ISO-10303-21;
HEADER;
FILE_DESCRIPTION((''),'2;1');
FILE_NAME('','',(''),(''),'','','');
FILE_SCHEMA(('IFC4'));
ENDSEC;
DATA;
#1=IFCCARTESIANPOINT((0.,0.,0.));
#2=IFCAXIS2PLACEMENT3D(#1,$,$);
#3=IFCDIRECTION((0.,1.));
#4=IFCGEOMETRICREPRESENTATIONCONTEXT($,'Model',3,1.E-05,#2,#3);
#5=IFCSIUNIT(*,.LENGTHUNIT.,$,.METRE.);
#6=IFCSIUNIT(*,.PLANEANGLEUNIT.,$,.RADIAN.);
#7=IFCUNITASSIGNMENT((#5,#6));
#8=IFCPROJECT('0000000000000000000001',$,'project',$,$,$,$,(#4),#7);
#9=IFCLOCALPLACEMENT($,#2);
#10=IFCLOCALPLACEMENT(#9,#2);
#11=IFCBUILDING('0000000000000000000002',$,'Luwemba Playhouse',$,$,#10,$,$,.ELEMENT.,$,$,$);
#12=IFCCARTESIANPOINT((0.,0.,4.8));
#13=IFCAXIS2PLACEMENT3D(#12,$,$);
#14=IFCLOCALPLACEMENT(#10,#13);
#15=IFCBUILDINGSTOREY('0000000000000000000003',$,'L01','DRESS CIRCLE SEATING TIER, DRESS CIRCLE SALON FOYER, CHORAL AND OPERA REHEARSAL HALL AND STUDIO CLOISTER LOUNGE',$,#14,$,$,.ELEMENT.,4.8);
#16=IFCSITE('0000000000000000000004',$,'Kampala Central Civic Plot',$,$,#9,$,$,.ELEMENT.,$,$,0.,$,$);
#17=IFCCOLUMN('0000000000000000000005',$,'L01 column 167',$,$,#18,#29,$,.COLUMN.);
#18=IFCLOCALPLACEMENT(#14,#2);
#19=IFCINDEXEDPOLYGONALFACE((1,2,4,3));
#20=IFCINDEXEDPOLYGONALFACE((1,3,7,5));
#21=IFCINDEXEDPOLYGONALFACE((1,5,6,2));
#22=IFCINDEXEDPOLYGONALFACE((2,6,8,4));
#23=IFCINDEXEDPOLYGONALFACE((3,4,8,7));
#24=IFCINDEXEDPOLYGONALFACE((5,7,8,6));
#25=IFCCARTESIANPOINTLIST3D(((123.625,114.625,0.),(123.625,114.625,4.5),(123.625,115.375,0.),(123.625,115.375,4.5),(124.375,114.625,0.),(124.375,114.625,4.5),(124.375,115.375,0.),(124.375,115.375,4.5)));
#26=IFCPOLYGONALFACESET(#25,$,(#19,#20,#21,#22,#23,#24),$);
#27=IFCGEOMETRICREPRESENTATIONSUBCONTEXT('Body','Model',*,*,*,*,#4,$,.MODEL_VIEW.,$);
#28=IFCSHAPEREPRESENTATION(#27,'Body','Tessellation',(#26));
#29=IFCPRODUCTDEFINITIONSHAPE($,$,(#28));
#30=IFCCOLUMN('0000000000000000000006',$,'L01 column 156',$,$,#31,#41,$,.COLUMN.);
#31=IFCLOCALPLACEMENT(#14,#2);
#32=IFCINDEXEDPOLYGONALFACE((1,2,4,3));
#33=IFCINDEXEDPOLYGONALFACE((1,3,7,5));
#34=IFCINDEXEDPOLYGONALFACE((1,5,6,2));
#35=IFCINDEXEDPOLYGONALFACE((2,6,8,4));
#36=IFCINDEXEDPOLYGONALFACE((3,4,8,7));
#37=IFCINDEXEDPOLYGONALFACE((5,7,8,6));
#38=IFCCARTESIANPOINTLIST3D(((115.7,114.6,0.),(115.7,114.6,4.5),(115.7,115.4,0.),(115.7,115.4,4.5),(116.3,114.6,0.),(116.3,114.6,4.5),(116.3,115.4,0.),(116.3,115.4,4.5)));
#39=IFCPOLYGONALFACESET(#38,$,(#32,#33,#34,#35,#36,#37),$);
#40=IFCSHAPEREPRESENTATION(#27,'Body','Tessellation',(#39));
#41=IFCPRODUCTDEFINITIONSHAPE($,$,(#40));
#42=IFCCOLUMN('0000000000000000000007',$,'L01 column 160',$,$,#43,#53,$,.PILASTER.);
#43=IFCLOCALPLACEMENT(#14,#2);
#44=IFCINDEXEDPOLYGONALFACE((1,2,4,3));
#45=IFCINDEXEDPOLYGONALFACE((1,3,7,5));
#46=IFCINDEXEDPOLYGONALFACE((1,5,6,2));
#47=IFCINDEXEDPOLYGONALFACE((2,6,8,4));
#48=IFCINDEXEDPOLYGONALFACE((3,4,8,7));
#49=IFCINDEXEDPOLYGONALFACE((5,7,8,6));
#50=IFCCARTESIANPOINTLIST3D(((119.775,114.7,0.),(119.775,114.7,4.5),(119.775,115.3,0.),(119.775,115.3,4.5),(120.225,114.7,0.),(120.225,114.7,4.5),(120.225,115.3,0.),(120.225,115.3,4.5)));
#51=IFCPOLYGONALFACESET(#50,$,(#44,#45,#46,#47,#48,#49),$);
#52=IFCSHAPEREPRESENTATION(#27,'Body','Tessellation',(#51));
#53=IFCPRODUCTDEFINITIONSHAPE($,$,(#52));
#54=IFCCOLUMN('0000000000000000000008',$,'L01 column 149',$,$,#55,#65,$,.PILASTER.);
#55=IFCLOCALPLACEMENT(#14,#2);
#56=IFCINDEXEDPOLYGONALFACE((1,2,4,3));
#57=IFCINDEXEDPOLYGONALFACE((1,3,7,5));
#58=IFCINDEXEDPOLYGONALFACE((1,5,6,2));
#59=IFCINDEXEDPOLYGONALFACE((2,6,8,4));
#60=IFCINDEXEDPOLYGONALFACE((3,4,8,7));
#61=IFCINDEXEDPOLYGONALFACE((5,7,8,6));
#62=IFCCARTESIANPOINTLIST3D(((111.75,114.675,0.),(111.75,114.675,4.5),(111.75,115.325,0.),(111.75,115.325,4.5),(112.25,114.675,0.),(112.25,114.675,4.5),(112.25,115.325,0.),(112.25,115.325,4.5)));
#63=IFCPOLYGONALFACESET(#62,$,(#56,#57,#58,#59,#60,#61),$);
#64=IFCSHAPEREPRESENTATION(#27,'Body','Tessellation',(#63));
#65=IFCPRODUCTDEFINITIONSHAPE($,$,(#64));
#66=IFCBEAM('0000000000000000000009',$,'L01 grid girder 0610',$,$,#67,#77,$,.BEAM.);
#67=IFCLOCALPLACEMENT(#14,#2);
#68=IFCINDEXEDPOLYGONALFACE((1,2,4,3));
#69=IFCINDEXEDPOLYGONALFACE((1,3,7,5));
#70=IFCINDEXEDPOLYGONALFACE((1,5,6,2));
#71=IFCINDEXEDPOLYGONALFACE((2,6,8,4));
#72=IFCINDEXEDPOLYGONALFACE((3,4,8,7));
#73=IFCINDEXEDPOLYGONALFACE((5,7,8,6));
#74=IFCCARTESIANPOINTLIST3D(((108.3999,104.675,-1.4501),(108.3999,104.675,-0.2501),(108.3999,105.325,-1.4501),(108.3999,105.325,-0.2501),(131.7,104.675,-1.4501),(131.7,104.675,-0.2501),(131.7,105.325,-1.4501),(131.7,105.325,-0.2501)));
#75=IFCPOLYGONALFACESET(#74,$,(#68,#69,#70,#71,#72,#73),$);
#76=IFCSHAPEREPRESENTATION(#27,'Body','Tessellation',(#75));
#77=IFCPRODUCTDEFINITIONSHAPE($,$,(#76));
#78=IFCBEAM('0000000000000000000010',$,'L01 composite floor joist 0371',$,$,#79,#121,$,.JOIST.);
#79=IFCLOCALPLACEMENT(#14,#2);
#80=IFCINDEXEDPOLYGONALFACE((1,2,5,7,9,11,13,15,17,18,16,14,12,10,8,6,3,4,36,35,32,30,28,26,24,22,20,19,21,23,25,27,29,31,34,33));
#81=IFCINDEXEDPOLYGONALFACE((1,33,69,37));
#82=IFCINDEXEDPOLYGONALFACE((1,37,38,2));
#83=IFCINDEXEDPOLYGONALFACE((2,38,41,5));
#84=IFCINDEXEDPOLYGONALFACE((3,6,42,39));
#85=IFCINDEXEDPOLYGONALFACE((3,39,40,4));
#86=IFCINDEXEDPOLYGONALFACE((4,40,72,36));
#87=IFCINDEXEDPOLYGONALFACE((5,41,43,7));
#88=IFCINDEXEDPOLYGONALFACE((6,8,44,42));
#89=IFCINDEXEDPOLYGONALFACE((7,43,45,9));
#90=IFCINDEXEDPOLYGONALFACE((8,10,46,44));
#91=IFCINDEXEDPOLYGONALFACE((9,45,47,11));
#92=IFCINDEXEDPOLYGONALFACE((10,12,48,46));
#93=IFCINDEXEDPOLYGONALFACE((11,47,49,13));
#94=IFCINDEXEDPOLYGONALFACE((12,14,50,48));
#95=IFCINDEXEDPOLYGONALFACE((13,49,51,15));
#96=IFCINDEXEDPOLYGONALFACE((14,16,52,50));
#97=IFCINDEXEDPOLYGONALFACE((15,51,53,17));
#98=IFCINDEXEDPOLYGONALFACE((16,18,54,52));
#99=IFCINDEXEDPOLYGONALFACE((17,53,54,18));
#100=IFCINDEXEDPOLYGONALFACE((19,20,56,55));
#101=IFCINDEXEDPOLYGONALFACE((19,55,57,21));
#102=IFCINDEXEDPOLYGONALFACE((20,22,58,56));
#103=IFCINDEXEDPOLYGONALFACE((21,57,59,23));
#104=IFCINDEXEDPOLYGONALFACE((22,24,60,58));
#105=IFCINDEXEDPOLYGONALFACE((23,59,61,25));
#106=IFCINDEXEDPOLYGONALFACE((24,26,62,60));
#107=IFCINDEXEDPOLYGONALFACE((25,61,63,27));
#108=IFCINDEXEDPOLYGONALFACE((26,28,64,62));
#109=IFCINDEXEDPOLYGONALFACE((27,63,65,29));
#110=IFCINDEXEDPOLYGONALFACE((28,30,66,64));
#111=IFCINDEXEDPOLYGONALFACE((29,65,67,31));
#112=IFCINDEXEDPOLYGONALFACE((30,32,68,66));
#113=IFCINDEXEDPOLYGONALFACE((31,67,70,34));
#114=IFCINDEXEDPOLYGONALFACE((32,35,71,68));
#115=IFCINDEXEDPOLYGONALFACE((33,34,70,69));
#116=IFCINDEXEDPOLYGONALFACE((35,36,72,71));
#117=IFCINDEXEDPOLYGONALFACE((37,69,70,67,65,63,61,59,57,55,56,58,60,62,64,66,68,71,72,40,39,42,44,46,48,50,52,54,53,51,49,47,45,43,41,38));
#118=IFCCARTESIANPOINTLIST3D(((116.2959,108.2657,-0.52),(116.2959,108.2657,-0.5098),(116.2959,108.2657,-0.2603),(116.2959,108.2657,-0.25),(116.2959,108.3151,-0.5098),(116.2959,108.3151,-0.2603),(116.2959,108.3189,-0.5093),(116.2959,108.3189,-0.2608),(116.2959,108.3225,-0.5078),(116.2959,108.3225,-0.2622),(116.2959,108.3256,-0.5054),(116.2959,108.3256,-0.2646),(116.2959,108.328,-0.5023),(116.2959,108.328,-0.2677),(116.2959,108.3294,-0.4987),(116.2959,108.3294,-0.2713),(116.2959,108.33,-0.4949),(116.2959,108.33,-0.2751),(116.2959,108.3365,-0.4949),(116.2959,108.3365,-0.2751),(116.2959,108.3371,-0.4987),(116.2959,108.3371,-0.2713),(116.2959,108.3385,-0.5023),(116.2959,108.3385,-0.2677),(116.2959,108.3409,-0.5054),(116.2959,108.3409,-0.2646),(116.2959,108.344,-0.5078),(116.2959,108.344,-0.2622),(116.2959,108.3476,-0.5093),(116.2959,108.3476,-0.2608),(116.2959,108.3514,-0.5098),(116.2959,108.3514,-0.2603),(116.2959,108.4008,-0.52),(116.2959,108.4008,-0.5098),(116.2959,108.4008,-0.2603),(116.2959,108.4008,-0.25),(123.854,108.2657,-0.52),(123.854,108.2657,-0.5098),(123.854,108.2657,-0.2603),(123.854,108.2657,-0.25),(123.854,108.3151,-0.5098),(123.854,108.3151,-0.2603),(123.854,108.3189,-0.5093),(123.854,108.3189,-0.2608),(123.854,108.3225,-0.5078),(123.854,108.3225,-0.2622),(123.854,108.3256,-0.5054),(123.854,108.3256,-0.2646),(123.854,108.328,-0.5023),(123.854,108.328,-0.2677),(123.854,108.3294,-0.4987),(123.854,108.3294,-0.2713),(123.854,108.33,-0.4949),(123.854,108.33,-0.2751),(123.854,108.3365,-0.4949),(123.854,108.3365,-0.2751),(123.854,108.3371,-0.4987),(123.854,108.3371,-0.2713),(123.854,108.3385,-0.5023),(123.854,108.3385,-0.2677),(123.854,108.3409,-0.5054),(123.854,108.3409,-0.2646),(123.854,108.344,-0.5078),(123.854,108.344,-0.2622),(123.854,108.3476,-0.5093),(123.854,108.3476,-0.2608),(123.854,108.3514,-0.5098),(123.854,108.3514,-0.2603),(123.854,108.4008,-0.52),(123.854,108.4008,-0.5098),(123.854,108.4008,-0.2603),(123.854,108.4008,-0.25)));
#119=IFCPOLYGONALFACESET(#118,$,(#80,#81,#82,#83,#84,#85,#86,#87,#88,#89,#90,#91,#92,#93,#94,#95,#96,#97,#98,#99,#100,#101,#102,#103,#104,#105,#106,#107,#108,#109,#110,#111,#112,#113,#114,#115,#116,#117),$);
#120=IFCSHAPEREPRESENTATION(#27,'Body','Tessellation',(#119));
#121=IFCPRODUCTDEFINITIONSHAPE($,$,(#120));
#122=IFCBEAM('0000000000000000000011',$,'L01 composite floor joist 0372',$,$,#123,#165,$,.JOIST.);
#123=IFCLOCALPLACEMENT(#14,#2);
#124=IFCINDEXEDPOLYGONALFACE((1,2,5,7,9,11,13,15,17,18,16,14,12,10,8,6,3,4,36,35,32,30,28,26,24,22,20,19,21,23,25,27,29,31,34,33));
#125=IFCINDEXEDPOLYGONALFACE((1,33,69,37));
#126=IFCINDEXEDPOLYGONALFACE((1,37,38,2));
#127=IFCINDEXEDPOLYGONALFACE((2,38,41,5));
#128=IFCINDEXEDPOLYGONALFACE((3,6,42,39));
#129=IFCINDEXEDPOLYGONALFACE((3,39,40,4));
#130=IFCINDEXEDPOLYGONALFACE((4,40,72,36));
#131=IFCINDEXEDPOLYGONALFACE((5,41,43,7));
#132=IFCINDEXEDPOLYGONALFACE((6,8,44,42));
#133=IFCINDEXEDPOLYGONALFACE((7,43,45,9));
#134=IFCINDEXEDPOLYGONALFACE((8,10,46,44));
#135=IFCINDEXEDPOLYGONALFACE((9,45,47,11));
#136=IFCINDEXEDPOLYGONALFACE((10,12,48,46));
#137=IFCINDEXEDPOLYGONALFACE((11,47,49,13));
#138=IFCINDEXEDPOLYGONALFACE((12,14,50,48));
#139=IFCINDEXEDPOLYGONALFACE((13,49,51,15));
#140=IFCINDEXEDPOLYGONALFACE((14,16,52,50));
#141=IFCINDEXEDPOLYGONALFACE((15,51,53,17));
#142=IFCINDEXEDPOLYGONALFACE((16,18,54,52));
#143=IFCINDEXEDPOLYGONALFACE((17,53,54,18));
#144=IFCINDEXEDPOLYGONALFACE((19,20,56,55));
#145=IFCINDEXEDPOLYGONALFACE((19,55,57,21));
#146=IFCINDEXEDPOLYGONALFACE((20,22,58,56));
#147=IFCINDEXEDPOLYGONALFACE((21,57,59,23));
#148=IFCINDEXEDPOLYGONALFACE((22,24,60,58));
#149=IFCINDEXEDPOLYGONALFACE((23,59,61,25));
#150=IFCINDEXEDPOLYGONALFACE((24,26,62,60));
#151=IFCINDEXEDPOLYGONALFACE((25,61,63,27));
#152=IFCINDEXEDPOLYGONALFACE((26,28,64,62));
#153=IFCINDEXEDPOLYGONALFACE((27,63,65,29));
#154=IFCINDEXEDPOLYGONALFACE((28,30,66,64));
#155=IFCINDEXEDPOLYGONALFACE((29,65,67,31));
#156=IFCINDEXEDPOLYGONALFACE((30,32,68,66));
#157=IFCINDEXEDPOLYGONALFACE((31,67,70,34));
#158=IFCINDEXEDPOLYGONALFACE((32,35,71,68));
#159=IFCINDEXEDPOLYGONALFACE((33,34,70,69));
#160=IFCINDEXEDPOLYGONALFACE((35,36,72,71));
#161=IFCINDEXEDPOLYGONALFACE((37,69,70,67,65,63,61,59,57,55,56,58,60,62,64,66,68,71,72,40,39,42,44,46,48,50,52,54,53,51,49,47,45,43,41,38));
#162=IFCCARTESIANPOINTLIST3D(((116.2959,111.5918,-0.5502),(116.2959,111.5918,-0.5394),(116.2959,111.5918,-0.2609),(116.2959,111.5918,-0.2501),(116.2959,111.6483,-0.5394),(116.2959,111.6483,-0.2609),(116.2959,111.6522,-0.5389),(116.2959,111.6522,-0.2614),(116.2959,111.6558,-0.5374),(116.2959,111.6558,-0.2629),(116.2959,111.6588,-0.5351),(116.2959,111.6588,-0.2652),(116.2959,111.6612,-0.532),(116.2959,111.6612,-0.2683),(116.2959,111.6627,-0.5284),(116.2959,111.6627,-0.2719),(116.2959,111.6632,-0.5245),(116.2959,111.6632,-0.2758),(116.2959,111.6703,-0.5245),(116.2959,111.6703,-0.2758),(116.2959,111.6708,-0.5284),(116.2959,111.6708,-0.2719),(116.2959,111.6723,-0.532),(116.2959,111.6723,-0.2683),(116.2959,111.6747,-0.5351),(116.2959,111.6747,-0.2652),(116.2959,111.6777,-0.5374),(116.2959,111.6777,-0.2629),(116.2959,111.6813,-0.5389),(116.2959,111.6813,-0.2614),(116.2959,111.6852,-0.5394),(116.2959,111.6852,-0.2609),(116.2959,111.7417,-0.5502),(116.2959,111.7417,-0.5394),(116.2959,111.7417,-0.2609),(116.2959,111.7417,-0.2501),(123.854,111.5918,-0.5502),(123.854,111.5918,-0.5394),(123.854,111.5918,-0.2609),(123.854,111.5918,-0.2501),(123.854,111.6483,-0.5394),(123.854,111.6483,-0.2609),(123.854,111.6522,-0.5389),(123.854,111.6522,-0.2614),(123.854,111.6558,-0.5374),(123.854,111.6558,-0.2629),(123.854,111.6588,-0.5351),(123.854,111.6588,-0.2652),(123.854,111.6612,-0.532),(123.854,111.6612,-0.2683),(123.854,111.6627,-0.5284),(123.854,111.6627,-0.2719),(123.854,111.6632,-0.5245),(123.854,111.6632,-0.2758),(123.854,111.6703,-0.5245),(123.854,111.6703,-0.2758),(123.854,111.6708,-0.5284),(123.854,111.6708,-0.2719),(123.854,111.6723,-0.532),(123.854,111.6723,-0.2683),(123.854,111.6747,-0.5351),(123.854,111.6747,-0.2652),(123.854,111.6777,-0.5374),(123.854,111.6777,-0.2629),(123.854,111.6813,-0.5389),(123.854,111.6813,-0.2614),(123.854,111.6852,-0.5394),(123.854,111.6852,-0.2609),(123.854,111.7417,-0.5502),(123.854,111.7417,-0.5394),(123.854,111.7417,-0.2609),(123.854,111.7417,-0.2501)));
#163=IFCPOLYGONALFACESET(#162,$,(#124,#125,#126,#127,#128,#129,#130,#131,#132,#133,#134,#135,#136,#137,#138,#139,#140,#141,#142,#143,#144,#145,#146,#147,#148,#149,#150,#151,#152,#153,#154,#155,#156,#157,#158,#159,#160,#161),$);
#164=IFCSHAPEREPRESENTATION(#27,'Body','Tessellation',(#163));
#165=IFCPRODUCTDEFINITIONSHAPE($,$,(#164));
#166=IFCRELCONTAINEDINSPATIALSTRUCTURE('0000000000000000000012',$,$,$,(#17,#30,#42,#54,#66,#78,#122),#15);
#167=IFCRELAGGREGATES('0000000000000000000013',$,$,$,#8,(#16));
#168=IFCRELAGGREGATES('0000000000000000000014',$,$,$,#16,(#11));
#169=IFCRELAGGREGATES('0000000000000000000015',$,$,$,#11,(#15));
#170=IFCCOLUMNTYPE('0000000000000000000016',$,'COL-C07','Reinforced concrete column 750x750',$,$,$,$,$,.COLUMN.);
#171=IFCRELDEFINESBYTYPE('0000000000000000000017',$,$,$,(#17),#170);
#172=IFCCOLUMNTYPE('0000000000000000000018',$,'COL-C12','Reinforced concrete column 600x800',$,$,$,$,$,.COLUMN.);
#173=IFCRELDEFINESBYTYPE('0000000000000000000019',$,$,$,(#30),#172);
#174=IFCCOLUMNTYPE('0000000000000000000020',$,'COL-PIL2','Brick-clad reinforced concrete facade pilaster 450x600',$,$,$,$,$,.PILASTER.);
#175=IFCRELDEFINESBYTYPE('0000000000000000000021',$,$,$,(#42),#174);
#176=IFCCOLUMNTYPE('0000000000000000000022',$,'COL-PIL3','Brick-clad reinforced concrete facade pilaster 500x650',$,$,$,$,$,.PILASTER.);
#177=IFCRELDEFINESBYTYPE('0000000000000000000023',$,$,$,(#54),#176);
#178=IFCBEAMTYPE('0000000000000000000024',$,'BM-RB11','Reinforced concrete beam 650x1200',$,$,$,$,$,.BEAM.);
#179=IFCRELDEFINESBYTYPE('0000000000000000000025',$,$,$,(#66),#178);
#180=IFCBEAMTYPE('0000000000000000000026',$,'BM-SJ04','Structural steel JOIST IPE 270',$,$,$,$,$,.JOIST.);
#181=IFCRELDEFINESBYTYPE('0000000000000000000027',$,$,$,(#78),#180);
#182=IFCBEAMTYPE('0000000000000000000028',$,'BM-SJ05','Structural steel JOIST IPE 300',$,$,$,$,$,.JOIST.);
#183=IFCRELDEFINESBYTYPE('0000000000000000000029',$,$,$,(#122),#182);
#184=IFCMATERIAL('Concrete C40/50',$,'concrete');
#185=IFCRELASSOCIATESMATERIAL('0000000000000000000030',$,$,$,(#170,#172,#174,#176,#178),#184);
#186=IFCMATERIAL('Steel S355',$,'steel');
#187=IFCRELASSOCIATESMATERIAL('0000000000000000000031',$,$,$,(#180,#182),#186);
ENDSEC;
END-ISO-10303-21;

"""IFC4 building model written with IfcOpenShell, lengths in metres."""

from ifc_helpers import new_model, si_unit, direction, frame, origin, origin_2d, place, context, subcontext, project, spatial, rectangle, i_section, extrude, material, material_profile, profile_set, type_object, element, save


model = new_model("IFC4")

# Units and contexts
model_context = context("Model", 3, precision=1e-05, world=origin(), true_north=direction((0.0, 1.0)))
body_context = subcontext(model_context, "Body", "Model", "MODEL_VIEW")
ifc_project = project(units=[si_unit("LENGTHUNIT", "METRE"), si_unit("PLANEANGLEUNIT", "RADIAN")], contexts=[model_context])

# Site, building, storey
site_placement = place(None, origin())
site = spatial("IfcSite", under=ifc_project, at=site_placement, Name="Kampala Central Civic Plot", CompositionType="ELEMENT", RefElevation=0.0)
building_placement = place(site_placement, origin())
building = spatial("IfcBuilding", under=site, at=building_placement, Name="Luwemba Playhouse", CompositionType="ELEMENT")
storey_placement = place(building_placement, frame((0.0, 0.0, 4.8)))
storey = spatial("IfcBuildingStorey", under=building, at=storey_placement, Name="L01", Description="DRESS CIRCLE SEATING TIER, DRESS CIRCLE SALON FOYER, CHORAL AND OPERA REHEARSAL HALL AND STUDIO CLOISTER LOUNGE", CompositionType="ELEMENT", Elevation=4.8)

# Columns
ifc_material_1 = material(Name="Concrete C40/50", Category="concrete")
ifc_material_profile_1 = material_profile(ifc_material_1, rectangle(XDim=0.75, YDim=0.75, at=origin_2d()))
ifc_profile_set_1 = profile_set([ifc_material_profile_1], Name="Concrete C40/50")
column_type_1 = type_object("IfcColumnType", Name="COL-C07", Description="Reinforced concrete column 750x750", PredefinedType="COLUMN", material=ifc_profile_set_1)
column_1_placement = place(storey_placement, frame((124.0, 115.0, 0.0), z_axis=(0.0, 0.0, 1.0), x_axis=(1.0, 0.0, 0.0)))
element("IfcColumn", 1, at=column_1_placement, inside=storey, type_object=column_type_1, Name="L01 column 167", PredefinedType="COLUMN", context=body_context, shape_type="SweptSolid", body=[
    extrude(rectangle(XDim=0.75, YDim=0.75, at=origin_2d()), origin(), (0.0, 0.0, 1.0), 4.5),
])
ifc_material_profile_2 = material_profile(ifc_material_1, rectangle(XDim=0.6001, YDim=0.8, at=origin_2d()))
ifc_profile_set_2 = profile_set([ifc_material_profile_2], Name="Concrete C40/50")
column_type_2 = type_object("IfcColumnType", Name="COL-C12", Description="Reinforced concrete column 600x800", PredefinedType="COLUMN", material=ifc_profile_set_2)
column_2_placement = place(storey_placement, frame((116.0, 115.0, 0.0), z_axis=(0.0, 0.0, 1.0), x_axis=(1.0, 0.0, 0.0)))
element("IfcColumn", 2, at=column_2_placement, inside=storey, type_object=column_type_2, Name="L01 column 156", PredefinedType="COLUMN", context=body_context, shape_type="SweptSolid", body=[
    extrude(rectangle(XDim=0.6001, YDim=0.8, at=origin_2d()), origin(), (0.0, 0.0, 1.0), 4.5),
])
ifc_material_profile_3 = material_profile(ifc_material_1, rectangle(XDim=0.45, YDim=0.6001, at=origin_2d()))
ifc_profile_set_3 = profile_set([ifc_material_profile_3], Name="Concrete C40/50")
column_type_3 = type_object("IfcColumnType", Name="COL-PIL2", Description="Brick-clad reinforced concrete facade pilaster 450x600", PredefinedType="PILASTER", material=ifc_profile_set_3)
column_3_placement = place(storey_placement, frame((120.0, 115.0, 0.0), z_axis=(0.0, 0.0, 1.0), x_axis=(1.0, 0.0, 0.0)))
element("IfcColumn", 3, at=column_3_placement, inside=storey, type_object=column_type_3, Name="L01 column 160", PredefinedType="PILASTER", context=body_context, shape_type="SweptSolid", body=[
    extrude(rectangle(XDim=0.45, YDim=0.6001, at=origin_2d()), origin(), (0.0, 0.0, 1.0), 4.5),
])
ifc_material_profile_4 = material_profile(ifc_material_1, rectangle(XDim=0.5, YDim=0.6499, at=origin_2d()))
ifc_profile_set_4 = profile_set([ifc_material_profile_4], Name="Concrete C40/50")
column_type_4 = type_object("IfcColumnType", Name="COL-PIL3", Description="Brick-clad reinforced concrete facade pilaster 500x650", PredefinedType="PILASTER", material=ifc_profile_set_4)
column_4_placement = place(storey_placement, frame((112.0, 115.0, 0.0), z_axis=(0.0, 0.0, 1.0), x_axis=(1.0, 0.0, 0.0)))
element("IfcColumn", 4, at=column_4_placement, inside=storey, type_object=column_type_4, Name="L01 column 149", PredefinedType="PILASTER", context=body_context, shape_type="SweptSolid", body=[
    extrude(rectangle(XDim=0.5, YDim=0.6499, at=origin_2d()), origin(), (0.0, 0.0, 1.0), 4.5),
])

# Beams
ifc_material_profile_5 = material_profile(ifc_material_1, rectangle(XDim=0.6499, YDim=1.2, at=origin_2d()))
ifc_profile_set_5 = profile_set([ifc_material_profile_5], Name="Concrete C40/50")
beam_type_1 = type_object("IfcBeamType", Name="BM-RB11", Description="Reinforced concrete beam 650x1200", PredefinedType="BEAM", material=ifc_profile_set_5)
beam_1_placement = place(storey_placement, frame((108.3999, 105.0, -0.8501), z_axis=(1.0, 0.0, 0.0), x_axis=(0.0, 1.0, 0.0)))
element("IfcBeam", 5, at=beam_1_placement, inside=storey, type_object=beam_type_1, Name="L01 grid girder 0610", PredefinedType="BEAM", context=body_context, shape_type="SweptSolid", body=[
    extrude(rectangle(XDim=0.6499, YDim=1.2, at=origin_2d()), origin(), (0.0, 0.0, 1.0), 23.3),
])
ifc_material_2 = material(Name="Steel S355", Category="steel")
ifc_material_profile_6 = material_profile(ifc_material_2, i_section(OverallWidth=0.135, OverallDepth=0.27, WebThickness=0.0066, FlangeThickness=0.0103, FilletRadius=0.0149, at=origin_2d()))
ifc_profile_set_6 = profile_set([ifc_material_profile_6], Name="Steel S355")
beam_type_2 = type_object("IfcBeamType", Name="BM-SJ04", Description="Structural steel JOIST IPE 270", PredefinedType="JOIST", material=ifc_profile_set_6)
beam_2_placement = place(storey_placement, frame((116.2959, 108.3333, -0.385), z_axis=(1.0, 0.0, 0.0), x_axis=(0.0, 1.0, 0.0)))
element("IfcBeam", 6, at=beam_2_placement, inside=storey, type_object=beam_type_2, Name="L01 composite floor joist 0371", PredefinedType="JOIST", context=body_context, shape_type="SweptSolid", body=[
    extrude(i_section(OverallWidth=0.135, OverallDepth=0.27, WebThickness=0.0066, FlangeThickness=0.0103, FilletRadius=0.0149, at=origin_2d()), origin(), (0.0, 0.0, 1.0), 7.5581),
])
ifc_material_profile_7 = material_profile(ifc_material_2, i_section(OverallWidth=0.1499, OverallDepth=0.3, WebThickness=0.0071, FlangeThickness=0.0107, FilletRadius=0.0149, at=origin_2d()))
ifc_profile_set_7 = profile_set([ifc_material_profile_7], Name="Steel S355")
beam_type_3 = type_object("IfcBeamType", Name="BM-SJ05", Description="Structural steel JOIST IPE 300", PredefinedType="JOIST", material=ifc_profile_set_7)
beam_3_placement = place(storey_placement, frame((116.2959, 111.6667, -0.4001), z_axis=(1.0, 0.0, 0.0), x_axis=(0.0, 1.0, 0.0)))
element("IfcBeam", 7, at=beam_3_placement, inside=storey, type_object=beam_type_3, Name="L01 composite floor joist 0372", PredefinedType="JOIST", context=body_context, shape_type="SweptSolid", body=[
    extrude(i_section(OverallWidth=0.1499, OverallDepth=0.3, WebThickness=0.0071, FlangeThickness=0.0107, FilletRadius=0.0149, at=origin_2d()), origin(), (0.0, 0.0, 1.0), 7.5581),
])

save(model, "model.ifc")
